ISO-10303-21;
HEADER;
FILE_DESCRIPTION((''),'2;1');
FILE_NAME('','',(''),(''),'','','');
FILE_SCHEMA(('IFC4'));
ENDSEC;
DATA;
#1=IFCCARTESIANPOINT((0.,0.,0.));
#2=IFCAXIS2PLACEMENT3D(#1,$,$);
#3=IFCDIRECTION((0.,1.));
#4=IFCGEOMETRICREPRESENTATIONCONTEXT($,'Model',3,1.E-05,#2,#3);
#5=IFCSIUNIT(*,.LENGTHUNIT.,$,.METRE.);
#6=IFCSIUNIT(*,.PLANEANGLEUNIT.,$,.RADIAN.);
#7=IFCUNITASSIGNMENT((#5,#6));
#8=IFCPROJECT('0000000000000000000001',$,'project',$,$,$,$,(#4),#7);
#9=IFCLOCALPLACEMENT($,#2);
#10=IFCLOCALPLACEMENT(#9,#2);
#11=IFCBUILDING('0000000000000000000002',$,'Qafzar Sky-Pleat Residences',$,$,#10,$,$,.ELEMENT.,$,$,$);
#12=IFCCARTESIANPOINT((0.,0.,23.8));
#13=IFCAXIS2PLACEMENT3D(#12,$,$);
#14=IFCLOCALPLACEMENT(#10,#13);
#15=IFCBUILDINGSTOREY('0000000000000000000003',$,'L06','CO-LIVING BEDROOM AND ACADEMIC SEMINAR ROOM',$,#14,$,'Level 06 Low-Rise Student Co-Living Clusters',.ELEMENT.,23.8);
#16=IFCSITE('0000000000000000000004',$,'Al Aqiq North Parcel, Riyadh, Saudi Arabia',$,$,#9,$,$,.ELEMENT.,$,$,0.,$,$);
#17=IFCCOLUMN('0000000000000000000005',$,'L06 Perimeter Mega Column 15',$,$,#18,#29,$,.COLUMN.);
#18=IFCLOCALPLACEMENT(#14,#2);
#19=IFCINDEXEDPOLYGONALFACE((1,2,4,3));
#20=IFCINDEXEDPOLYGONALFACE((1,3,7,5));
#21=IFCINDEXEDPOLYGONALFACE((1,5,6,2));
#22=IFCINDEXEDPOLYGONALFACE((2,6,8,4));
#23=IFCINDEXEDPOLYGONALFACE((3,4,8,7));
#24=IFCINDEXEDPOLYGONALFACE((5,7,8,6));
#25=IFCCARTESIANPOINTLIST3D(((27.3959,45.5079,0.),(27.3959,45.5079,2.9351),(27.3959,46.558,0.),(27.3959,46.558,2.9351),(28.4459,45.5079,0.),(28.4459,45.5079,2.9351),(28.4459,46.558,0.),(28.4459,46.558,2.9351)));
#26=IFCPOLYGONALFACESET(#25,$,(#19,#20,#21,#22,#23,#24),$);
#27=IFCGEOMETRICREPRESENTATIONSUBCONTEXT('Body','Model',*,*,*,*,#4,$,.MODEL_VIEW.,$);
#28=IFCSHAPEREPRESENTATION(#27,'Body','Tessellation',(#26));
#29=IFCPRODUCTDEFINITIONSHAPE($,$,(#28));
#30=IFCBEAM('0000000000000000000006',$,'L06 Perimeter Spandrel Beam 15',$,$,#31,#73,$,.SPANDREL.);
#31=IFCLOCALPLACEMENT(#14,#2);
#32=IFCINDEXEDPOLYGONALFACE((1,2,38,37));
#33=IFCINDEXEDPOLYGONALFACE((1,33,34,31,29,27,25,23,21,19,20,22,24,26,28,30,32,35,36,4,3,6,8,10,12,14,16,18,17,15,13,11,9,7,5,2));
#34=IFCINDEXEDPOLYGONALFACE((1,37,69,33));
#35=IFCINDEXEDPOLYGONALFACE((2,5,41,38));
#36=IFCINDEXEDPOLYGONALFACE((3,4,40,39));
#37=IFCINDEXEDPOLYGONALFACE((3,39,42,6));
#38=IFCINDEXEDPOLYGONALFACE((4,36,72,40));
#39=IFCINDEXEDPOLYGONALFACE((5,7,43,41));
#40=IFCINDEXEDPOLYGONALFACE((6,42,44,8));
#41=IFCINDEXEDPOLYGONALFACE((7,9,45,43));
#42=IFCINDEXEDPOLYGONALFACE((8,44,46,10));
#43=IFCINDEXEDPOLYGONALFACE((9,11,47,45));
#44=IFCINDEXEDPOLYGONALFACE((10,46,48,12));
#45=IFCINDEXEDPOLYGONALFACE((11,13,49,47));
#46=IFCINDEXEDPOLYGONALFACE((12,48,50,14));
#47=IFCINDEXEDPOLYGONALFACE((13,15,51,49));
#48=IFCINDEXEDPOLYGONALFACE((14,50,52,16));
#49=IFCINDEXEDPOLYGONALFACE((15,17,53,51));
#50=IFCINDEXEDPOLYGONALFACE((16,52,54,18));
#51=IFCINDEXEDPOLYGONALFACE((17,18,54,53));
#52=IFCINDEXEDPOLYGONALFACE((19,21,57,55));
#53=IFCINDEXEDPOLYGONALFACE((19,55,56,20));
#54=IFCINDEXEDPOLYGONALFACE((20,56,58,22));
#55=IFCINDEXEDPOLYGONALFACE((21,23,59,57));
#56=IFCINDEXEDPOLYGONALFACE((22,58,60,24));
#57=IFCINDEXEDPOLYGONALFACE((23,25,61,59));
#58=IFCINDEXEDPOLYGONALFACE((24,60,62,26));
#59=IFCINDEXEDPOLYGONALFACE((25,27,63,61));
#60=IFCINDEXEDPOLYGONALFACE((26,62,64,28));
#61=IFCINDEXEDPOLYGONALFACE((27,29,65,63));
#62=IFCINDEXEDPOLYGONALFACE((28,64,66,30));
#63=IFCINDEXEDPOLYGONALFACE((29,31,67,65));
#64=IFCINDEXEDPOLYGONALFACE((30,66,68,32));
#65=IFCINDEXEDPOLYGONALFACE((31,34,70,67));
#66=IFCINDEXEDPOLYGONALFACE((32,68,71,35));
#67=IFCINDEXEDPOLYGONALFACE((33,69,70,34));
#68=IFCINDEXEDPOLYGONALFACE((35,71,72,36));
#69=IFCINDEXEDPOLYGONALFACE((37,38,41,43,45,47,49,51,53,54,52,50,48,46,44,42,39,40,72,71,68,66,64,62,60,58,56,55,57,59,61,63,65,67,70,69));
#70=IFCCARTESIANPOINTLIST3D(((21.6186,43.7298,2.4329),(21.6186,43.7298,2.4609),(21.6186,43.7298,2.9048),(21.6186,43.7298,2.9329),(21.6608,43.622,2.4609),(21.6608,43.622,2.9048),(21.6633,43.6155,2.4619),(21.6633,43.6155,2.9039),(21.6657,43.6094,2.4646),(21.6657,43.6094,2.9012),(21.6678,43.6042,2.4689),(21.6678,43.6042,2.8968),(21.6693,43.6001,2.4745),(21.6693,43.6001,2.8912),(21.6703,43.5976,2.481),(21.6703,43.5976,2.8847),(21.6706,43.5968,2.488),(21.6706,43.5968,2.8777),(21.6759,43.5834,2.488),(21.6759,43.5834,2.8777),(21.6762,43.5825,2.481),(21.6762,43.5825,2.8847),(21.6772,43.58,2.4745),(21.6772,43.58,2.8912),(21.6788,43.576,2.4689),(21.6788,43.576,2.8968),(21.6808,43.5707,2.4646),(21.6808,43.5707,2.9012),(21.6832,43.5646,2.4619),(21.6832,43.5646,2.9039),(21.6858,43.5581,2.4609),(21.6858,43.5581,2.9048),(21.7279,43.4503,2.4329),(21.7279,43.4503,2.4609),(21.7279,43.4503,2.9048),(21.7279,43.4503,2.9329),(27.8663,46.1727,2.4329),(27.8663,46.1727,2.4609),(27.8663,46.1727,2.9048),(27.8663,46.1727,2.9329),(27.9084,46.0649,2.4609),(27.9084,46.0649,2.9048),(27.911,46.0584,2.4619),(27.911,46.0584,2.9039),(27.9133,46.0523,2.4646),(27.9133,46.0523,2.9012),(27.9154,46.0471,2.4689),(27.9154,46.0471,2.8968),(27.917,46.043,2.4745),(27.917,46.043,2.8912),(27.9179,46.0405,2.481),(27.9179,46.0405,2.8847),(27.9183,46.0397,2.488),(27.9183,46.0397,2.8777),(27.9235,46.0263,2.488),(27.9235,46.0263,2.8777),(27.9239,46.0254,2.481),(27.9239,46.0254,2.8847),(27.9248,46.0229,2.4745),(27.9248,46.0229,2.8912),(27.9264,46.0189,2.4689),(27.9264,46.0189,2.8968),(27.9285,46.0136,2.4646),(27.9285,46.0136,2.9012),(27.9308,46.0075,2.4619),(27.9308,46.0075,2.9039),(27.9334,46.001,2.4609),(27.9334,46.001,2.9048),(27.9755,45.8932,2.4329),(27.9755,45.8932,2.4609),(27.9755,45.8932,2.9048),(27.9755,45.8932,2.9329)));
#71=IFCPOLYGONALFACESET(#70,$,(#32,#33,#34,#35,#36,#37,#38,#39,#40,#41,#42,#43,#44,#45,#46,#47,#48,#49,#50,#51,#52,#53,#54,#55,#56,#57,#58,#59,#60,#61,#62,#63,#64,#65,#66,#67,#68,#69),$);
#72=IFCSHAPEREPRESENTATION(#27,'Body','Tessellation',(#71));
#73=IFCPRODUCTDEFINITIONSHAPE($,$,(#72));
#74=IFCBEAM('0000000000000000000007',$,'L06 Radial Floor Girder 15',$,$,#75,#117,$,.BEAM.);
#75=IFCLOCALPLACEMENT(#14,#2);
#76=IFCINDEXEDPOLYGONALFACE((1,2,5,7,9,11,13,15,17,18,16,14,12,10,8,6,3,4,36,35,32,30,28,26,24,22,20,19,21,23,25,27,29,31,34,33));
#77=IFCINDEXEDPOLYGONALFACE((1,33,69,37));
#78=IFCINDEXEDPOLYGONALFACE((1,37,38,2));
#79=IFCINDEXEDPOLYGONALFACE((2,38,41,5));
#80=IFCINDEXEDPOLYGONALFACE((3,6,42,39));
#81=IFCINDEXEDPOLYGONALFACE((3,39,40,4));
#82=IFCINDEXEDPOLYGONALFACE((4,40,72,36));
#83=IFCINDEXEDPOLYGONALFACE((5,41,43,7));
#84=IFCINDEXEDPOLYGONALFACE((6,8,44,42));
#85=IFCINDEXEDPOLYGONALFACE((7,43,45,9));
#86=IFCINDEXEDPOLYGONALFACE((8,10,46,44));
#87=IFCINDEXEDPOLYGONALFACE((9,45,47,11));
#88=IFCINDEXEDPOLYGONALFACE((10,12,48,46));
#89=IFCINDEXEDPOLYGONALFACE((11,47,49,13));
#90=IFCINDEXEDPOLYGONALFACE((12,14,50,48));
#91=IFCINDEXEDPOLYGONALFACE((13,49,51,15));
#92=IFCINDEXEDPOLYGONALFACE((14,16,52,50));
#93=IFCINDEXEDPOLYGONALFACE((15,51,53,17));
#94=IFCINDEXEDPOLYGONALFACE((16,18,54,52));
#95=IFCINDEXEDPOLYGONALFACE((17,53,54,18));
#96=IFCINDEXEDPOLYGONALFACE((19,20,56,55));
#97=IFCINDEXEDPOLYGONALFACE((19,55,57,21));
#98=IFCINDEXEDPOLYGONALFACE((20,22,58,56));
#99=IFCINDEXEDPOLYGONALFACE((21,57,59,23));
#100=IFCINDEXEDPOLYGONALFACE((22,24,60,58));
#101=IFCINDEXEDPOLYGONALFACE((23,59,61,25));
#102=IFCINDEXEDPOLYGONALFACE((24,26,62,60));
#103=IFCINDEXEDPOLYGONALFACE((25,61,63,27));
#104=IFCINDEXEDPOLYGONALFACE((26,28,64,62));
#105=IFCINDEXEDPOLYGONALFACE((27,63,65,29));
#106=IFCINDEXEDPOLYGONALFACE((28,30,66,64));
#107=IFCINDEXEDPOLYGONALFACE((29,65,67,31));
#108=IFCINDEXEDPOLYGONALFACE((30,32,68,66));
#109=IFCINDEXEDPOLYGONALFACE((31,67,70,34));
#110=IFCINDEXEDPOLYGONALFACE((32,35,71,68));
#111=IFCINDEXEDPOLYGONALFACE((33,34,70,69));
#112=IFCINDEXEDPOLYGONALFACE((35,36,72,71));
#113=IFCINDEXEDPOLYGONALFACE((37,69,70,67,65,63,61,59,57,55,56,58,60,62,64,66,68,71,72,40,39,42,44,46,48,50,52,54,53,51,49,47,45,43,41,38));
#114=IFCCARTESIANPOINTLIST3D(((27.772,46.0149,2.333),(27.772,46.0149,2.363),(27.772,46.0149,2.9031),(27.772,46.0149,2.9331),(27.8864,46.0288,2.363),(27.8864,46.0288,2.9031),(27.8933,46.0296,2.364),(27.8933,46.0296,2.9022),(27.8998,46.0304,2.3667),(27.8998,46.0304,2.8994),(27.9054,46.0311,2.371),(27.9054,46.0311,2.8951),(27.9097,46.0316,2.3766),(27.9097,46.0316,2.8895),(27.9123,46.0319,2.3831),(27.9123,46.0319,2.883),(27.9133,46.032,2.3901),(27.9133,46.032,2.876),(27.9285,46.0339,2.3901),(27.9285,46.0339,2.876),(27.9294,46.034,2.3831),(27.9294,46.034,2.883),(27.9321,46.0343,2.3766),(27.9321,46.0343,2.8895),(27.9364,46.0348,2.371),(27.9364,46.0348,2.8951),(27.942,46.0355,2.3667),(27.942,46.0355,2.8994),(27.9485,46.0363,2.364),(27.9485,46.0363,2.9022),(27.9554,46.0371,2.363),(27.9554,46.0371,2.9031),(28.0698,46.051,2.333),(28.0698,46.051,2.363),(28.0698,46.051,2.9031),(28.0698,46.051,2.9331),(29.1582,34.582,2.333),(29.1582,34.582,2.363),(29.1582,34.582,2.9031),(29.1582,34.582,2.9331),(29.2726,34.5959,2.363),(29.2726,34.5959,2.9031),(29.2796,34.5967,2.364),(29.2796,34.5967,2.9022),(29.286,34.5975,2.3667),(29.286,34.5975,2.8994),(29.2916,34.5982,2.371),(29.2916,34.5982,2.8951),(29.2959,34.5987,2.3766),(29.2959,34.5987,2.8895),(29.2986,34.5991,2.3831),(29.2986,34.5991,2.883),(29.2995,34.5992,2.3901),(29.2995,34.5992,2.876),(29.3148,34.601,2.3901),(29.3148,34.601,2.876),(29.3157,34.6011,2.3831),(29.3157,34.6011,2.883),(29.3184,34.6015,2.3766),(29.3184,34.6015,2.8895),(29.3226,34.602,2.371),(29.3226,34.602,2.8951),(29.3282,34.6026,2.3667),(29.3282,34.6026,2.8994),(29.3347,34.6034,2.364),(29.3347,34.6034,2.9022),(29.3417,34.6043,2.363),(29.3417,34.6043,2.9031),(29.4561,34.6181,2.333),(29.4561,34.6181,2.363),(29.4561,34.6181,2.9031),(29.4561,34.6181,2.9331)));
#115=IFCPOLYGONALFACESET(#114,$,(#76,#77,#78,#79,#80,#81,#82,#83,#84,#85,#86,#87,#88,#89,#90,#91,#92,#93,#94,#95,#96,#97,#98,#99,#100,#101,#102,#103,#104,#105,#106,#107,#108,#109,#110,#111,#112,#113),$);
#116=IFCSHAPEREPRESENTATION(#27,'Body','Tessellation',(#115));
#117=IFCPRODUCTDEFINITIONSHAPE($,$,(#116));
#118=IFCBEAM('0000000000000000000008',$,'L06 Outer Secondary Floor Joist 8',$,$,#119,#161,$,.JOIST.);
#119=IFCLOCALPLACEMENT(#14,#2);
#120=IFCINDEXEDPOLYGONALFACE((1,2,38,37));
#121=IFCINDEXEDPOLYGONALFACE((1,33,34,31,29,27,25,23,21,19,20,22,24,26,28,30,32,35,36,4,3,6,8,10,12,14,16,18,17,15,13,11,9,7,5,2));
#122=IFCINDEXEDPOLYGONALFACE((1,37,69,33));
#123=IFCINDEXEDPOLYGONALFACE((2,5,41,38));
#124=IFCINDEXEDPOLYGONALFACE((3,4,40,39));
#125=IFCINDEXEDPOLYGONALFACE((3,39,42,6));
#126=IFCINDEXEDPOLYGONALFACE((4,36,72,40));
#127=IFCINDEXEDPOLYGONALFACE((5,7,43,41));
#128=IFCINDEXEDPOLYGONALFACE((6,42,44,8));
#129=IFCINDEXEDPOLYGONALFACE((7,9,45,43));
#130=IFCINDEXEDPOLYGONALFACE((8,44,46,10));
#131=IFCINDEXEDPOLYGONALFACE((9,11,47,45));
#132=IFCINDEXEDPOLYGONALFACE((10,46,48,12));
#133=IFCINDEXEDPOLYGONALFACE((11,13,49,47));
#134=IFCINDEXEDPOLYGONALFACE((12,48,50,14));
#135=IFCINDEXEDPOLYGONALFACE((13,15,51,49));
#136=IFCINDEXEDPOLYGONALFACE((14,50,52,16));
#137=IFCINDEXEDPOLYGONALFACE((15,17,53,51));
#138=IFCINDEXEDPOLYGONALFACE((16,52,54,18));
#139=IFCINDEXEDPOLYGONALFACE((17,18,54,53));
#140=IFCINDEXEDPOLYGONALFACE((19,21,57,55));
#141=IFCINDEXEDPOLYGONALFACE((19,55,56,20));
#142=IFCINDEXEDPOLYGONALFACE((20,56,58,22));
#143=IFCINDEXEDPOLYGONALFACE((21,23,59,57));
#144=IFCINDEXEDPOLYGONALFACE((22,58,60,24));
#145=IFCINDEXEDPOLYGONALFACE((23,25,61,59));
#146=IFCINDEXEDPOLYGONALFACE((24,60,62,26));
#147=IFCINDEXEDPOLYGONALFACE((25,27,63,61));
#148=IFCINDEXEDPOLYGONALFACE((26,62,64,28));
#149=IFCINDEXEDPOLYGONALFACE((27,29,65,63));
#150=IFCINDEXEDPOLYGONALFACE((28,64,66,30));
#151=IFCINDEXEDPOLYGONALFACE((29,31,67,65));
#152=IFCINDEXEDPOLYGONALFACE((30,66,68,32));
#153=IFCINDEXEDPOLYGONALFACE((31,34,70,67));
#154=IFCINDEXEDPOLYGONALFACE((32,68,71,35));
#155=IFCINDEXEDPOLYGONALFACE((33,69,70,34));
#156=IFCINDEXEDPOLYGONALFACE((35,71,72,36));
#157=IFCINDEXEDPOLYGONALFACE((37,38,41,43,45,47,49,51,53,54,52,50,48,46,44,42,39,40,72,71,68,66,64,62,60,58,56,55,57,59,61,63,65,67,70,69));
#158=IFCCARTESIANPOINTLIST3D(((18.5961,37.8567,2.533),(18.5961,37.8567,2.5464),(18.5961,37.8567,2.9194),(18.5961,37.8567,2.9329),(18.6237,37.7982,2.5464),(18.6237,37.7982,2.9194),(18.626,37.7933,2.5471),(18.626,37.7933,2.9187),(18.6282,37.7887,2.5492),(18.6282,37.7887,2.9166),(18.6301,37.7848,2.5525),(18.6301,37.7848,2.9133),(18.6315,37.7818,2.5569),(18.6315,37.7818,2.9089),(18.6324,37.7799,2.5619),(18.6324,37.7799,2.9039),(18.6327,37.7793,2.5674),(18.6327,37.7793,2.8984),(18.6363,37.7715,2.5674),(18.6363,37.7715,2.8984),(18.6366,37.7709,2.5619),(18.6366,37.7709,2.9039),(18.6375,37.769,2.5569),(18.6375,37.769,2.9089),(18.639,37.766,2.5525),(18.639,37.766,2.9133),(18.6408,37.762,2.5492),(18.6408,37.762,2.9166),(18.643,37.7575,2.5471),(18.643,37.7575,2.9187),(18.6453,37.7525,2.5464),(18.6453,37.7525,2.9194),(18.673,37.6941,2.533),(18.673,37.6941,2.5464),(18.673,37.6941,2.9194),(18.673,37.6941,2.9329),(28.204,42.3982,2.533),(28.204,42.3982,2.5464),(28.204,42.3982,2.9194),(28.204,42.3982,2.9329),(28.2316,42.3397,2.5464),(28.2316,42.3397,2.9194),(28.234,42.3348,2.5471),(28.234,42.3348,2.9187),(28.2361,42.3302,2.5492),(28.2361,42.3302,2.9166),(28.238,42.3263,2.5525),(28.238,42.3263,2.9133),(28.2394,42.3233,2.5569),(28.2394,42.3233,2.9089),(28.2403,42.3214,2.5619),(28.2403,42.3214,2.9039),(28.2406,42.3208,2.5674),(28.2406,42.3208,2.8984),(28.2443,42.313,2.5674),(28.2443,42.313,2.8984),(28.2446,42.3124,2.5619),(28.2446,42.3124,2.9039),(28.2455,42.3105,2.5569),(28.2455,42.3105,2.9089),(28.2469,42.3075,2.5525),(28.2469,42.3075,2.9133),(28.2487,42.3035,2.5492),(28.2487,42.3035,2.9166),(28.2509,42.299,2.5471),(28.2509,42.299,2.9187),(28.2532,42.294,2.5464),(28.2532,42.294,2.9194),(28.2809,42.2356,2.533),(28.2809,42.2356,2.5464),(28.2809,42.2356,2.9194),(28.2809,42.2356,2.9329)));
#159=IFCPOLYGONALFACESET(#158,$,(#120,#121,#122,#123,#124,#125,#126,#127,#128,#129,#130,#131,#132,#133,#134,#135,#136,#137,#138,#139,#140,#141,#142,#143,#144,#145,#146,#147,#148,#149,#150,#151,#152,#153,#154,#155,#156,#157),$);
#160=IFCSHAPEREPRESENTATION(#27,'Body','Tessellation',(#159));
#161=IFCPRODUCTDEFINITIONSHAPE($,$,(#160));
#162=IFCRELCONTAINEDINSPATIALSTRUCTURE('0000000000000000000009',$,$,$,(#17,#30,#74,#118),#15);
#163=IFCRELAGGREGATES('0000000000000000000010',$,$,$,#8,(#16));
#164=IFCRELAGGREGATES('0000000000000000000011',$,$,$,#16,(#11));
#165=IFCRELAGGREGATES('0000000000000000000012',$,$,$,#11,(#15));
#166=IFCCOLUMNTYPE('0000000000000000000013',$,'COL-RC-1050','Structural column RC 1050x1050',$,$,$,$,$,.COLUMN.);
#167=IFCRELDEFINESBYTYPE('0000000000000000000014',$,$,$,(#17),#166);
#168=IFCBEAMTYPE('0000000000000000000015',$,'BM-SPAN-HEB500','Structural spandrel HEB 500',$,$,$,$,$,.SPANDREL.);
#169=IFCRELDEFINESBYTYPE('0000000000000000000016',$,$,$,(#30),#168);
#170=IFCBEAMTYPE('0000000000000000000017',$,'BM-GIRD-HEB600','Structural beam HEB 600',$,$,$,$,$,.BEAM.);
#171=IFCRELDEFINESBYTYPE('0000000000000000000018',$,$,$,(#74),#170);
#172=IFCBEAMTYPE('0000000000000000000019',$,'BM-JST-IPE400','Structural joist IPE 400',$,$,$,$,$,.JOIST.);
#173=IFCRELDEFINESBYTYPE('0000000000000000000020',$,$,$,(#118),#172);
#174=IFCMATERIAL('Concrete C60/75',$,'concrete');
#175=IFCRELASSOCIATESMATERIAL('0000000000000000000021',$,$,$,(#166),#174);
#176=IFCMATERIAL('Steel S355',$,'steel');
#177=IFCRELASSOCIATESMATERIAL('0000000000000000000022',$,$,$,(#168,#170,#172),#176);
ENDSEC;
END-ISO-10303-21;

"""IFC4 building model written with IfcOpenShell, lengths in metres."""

from ifc_helpers import new_model, si_unit, direction, frame, origin, origin_2d, place, context, subcontext, project, spatial, rectangle, i_section, extrude, source, transform, mapped, material, material_profile, profile_set, type_object, element, save


model = new_model("IFC4")

# Units and contexts
model_context = context("Model", 3, precision=1e-05, world=origin(), true_north=direction((0.0, 1.0)))
body_context = subcontext(model_context, "Body", "Model", "MODEL_VIEW")
ifc_project = project(units=[si_unit("LENGTHUNIT", "METRE"), si_unit("PLANEANGLEUNIT", "RADIAN")], contexts=[model_context])

# Site, building, storey
site_placement = place(None, origin())
site = spatial("IfcSite", under=ifc_project, at=site_placement, Name="Al Aqiq North Parcel, Riyadh, Saudi Arabia", CompositionType="ELEMENT", RefElevation=0.0)
building_placement = place(site_placement, origin())
building = spatial("IfcBuilding", under=site, at=building_placement, Name="Qafzar Sky-Pleat Residences", CompositionType="ELEMENT")
storey_placement = place(building_placement, frame((0.0, 0.0, 23.8)))
storey = spatial("IfcBuildingStorey", under=building, at=storey_placement, Name="L06", Description="CO-LIVING BEDROOM AND ACADEMIC SEMINAR ROOM", LongName="Level 06 Low-Rise Student Co-Living Clusters", CompositionType="ELEMENT", Elevation=23.8)

# Column
ifc_material_1 = material(Name="Concrete C60/75", Category="concrete")
ifc_material_profile_1 = material_profile(ifc_material_1, rectangle(XDim=1.05, YDim=1.05, at=origin_2d()), Name="RC 1050x1050")
ifc_profile_set_1 = profile_set([ifc_material_profile_1], Name="Concrete C60/75")
column_type = type_object("IfcColumnType", Name="COL-RC-1050", Description="Structural column RC 1050x1050", PredefinedType="COLUMN", material=ifc_profile_set_1)
shared_shape_1 = source(origin(), body_context, "Body", "SweptSolid", [
    extrude(rectangle(XDim=1.05, YDim=1.05, at=origin_2d()), origin(), (0.0, 0.0, 1.0), 2.9351),
])
column_placement = place(storey_placement, frame((27.9209, 46.033, 0.0), z_axis=(0.0, 0.0, 1.0), x_axis=(1.0, 0.0, 0.0)))
element("IfcColumn", 1, at=column_placement, inside=storey, type_object=column_type, Name="L06 Perimeter Mega Column 15", PredefinedType="COLUMN", context=body_context, shape_type="MappedRepresentation", body=[
    mapped(shared_shape_1, transform((0.0, 0.0, 0.0), x_axis=(1.0, 0.0, 0.0), y_axis=(0.0, 1.0, 0.0), z_axis=(0.0, 0.0, 1.0), scale=1.0)),
])

# Beams
ifc_material_2 = material(Name="Steel S355", Category="steel")
ifc_material_profile_2 = material_profile(ifc_material_2, i_section(OverallWidth=0.3, OverallDepth=0.5, WebThickness=0.0144, FlangeThickness=0.0281, FilletRadius=0.0271, at=origin_2d()), Name="HEB 500")
ifc_profile_set_2 = profile_set([ifc_material_profile_2], Name="Steel S355")
beam_type_1 = type_object("IfcBeamType", Name="BM-SPAN-HEB500", Description="Structural spandrel HEB 500", PredefinedType="SPANDREL", material=ifc_profile_set_2)
shared_shape_2 = source(origin(), body_context, "Body", "SweptSolid", [
    extrude(i_section(OverallWidth=0.3, OverallDepth=0.5, WebThickness=0.0144, FlangeThickness=0.0281, FilletRadius=0.0271, at=origin_2d()), origin(), (0.0, 0.0, 1.0), 6.7083),
])
beam_1_placement = place(storey_placement, frame((27.9209, 46.033, 2.6829), z_axis=(-0.931335, -0.364163, 0.0), x_axis=(0.364163, -0.931335, 0.0)))
element("IfcBeam", 2, at=beam_1_placement, inside=storey, type_object=beam_type_1, Name="L06 Perimeter Spandrel Beam 15", PredefinedType="SPANDREL", context=body_context, shape_type="MappedRepresentation", body=[
    mapped(shared_shape_2, transform((0.0, 0.0, 0.0), x_axis=(1.0, 0.0, 0.0), y_axis=(0.0, 1.0, 0.0), z_axis=(0.0, 0.0, 1.0), scale=1.0)),
])
ifc_material_profile_3 = material_profile(ifc_material_2, i_section(OverallWidth=0.3, OverallDepth=0.6001, WebThickness=0.0154, FlangeThickness=0.03, FilletRadius=0.0271, at=origin_2d()), Name="HEB 600")
ifc_profile_set_3 = profile_set([ifc_material_profile_3], Name="Steel S355")
beam_type_2 = type_object("IfcBeamType", Name="BM-GIRD-HEB600", Description="Structural beam HEB 600", PredefinedType="BEAM", material=ifc_profile_set_3)
shared_shape_3 = source(origin(), body_context, "Body", "SweptSolid", [
    extrude(i_section(OverallWidth=0.3, OverallDepth=0.6001, WebThickness=0.0154, FlangeThickness=0.03, FilletRadius=0.0271, at=origin_2d()), origin(), (0.0, 0.0, 1.0), 11.5166),
])
beam_2_placement = place(storey_placement, frame((27.9209, 46.033, 2.6331), z_axis=(0.120368, -0.992729, 0.0), x_axis=(0.992729, 0.120368, 0.0)))
element("IfcBeam", 3, at=beam_2_placement, inside=storey, type_object=beam_type_2, Name="L06 Radial Floor Girder 15", PredefinedType="BEAM", context=body_context, shape_type="MappedRepresentation", body=[
    mapped(shared_shape_3, transform((0.0, 0.0, 0.0), x_axis=(1.0, 0.0, 0.0), y_axis=(0.0, 1.0, 0.0), z_axis=(0.0, 0.0, 1.0), scale=1.0)),
])
ifc_material_profile_4 = material_profile(ifc_material_2, i_section(OverallWidth=0.1799, OverallDepth=0.3999, WebThickness=0.0085, FlangeThickness=0.0134, FilletRadius=0.021, at=origin_2d()), Name="IPE 400")
ifc_profile_set_4 = profile_set([ifc_material_profile_4], Name="Steel S355")
beam_type_3 = type_object("IfcBeamType", Name="BM-JST-IPE400", Description="Structural joist IPE 400", PredefinedType="JOIST", material=ifc_profile_set_4)
shared_shape_4 = source(origin(), body_context, "Body", "SweptSolid", [
    extrude(i_section(OverallWidth=0.1799, OverallDepth=0.3999, WebThickness=0.0085, FlangeThickness=0.0134, FilletRadius=0.021, at=origin_2d()), origin(), (0.0, 0.0, 1.0), 10.6272),
])
beam_3_placement = place(storey_placement, frame((28.2424, 42.3169, 2.7329), z_axis=(-0.904087, -0.427348, 0.0), x_axis=(0.427348, -0.904087, 0.0)))
element("IfcBeam", 4, at=beam_3_placement, inside=storey, type_object=beam_type_3, Name="L06 Outer Secondary Floor Joist 8", PredefinedType="JOIST", context=body_context, shape_type="MappedRepresentation", body=[
    mapped(shared_shape_4, transform((0.0, 0.0, 0.0), x_axis=(1.0, 0.0, 0.0), y_axis=(0.0, 1.0, 0.0), z_axis=(0.0, 0.0, 1.0), scale=1.0)),
])

save(model, "model.ifc")
